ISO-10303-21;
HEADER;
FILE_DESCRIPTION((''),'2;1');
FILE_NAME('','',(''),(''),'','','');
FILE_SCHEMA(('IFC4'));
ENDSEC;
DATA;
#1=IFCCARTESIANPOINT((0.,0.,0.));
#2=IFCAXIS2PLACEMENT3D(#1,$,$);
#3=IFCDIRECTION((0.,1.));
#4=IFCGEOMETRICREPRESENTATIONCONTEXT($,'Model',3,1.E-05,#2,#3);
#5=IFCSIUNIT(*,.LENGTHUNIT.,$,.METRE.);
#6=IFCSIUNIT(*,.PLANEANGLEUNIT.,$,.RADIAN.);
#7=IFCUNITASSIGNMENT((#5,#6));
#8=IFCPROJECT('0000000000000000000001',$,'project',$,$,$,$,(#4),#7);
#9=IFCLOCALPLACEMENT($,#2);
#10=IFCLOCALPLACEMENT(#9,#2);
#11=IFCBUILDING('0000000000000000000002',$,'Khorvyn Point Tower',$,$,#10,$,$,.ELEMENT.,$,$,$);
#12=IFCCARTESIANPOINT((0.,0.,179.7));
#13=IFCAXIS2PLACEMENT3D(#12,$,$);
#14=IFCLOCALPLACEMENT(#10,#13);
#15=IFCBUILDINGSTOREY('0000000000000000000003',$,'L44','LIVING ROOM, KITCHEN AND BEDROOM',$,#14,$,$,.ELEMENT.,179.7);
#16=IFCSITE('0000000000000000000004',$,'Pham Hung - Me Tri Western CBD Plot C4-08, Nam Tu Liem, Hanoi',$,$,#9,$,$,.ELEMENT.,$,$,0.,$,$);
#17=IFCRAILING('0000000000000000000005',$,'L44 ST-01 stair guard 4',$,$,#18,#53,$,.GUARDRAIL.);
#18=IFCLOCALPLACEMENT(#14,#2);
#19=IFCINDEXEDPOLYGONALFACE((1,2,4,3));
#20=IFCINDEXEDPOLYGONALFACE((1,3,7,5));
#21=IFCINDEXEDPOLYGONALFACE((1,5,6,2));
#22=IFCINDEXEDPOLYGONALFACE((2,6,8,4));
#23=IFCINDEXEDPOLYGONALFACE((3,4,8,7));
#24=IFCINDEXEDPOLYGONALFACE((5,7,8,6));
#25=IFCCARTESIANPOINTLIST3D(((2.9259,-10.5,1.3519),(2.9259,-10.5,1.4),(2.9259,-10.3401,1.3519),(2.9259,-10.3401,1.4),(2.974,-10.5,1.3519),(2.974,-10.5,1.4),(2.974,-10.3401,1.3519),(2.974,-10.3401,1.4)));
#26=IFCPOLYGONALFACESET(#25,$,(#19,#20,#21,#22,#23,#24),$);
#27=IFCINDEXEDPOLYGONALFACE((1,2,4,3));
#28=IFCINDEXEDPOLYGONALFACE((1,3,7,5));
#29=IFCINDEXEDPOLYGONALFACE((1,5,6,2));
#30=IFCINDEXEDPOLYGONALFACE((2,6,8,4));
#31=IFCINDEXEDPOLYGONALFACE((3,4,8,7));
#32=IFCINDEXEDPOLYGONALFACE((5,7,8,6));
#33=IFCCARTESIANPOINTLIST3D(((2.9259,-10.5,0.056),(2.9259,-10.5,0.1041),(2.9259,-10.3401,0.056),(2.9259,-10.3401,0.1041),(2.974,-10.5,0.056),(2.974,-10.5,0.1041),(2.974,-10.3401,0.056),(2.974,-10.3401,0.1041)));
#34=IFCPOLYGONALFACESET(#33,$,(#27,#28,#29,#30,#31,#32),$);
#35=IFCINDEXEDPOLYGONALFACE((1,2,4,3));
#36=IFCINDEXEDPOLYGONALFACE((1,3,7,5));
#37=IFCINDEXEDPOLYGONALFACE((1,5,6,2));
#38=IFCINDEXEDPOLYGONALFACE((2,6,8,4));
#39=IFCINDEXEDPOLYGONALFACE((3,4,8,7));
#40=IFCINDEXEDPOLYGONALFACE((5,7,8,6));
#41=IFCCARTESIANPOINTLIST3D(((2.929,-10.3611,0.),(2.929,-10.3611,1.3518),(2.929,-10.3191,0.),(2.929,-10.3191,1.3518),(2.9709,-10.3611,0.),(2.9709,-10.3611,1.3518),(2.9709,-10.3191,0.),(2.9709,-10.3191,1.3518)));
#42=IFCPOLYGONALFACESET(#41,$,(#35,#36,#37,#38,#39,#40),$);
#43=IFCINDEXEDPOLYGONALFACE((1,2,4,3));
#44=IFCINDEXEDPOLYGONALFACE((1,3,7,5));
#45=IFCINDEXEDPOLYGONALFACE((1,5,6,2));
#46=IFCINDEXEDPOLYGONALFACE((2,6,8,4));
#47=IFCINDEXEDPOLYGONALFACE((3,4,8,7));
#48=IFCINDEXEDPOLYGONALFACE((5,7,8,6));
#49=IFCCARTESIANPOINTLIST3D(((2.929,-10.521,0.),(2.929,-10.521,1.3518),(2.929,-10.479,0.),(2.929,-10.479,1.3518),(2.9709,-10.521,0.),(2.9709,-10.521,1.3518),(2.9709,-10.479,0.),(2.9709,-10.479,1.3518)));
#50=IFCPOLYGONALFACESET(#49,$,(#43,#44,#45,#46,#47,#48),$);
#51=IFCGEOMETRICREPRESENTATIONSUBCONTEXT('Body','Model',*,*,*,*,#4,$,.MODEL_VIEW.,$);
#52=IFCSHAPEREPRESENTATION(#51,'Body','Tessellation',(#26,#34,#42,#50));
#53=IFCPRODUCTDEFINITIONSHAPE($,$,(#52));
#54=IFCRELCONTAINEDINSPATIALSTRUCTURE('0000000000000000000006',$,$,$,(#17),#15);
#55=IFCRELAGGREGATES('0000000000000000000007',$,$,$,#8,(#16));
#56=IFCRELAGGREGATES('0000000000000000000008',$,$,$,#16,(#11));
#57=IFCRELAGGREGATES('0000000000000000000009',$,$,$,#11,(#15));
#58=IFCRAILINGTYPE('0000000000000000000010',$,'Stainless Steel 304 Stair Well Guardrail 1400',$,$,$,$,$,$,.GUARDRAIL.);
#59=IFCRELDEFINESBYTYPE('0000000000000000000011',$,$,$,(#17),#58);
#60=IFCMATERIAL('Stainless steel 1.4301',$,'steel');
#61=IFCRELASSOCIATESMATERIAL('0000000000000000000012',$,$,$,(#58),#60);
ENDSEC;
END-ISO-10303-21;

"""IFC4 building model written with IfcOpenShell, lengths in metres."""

from ifc_helpers import new_model, si_unit, direction, frame, origin, origin_2d, place, context, subcontext, project, spatial, rectangle, extrude, material, type_object, element, save


model = new_model("IFC4")

# Units and contexts
model_context = context("Model", 3, precision=1e-05, world=origin(), true_north=direction((0.0, 1.0)))
body_context = subcontext(model_context, "Body", "Model", "MODEL_VIEW")
ifc_project = project(units=[si_unit("LENGTHUNIT", "METRE"), si_unit("PLANEANGLEUNIT", "RADIAN")], contexts=[model_context])

# Site, building, storey
site_placement = place(None, origin())
site = spatial("IfcSite", under=ifc_project, at=site_placement, Name="Pham Hung - Me Tri Western CBD Plot C4-08, Nam Tu Liem, Hanoi", CompositionType="ELEMENT", RefElevation=0.0)
building_placement = place(site_placement, origin())
building = spatial("IfcBuilding", under=site, at=building_placement, Name="Khorvyn Point Tower", CompositionType="ELEMENT")
storey_placement = place(building_placement, frame((0.0, 0.0, 179.7)))
storey = spatial("IfcBuildingStorey", under=building, at=storey_placement, Name="L44", Description="LIVING ROOM, KITCHEN AND BEDROOM", CompositionType="ELEMENT", Elevation=179.7)

# Shared definitions
ifc_material_1 = material(Name="Stainless steel 1.4301", Category="steel")

# Railing
railing_type_1 = type_object("IfcRailingType", Name="Stainless Steel 304 Stair Well Guardrail 1400", PredefinedType="GUARDRAIL", material=ifc_material_1)
railing_1_placement = place(storey_placement, frame((2.95, -10.3401, 0.0)))
element("IfcRailing", 1, at=railing_1_placement, inside=storey, type_object=railing_type_1, Name="L44 ST-01 stair guard 4", PredefinedType="GUARDRAIL", context=body_context, shape_type="SweptSolid", body=[
    extrude(rectangle(XDim=0.0481, YDim=0.0481, at=origin_2d()), frame((0.0, 0.0, 1.376), z_axis=(0.0, -1.0, 0.0), x_axis=(1.0, 0.0, 0.0)), (0.0, 0.0, 1.0), 0.1599),
    extrude(rectangle(XDim=0.0481, YDim=0.0481, at=origin_2d()), frame((0.0, 0.0, 0.0801), z_axis=(0.0, -1.0, 0.0), x_axis=(1.0, 0.0, 0.0)), (0.0, 0.0, 1.0), 0.1599),
    extrude(rectangle(XDim=0.042, YDim=0.042, at=origin_2d()), origin(), (0.0, 0.0, 1.0), 1.3518),
    extrude(rectangle(XDim=0.042, YDim=0.042, at=origin_2d()), frame((0.0, -0.1599, 0.0)), (0.0, 0.0, 1.0), 1.3518),
])

save(model, "model.ifc")
